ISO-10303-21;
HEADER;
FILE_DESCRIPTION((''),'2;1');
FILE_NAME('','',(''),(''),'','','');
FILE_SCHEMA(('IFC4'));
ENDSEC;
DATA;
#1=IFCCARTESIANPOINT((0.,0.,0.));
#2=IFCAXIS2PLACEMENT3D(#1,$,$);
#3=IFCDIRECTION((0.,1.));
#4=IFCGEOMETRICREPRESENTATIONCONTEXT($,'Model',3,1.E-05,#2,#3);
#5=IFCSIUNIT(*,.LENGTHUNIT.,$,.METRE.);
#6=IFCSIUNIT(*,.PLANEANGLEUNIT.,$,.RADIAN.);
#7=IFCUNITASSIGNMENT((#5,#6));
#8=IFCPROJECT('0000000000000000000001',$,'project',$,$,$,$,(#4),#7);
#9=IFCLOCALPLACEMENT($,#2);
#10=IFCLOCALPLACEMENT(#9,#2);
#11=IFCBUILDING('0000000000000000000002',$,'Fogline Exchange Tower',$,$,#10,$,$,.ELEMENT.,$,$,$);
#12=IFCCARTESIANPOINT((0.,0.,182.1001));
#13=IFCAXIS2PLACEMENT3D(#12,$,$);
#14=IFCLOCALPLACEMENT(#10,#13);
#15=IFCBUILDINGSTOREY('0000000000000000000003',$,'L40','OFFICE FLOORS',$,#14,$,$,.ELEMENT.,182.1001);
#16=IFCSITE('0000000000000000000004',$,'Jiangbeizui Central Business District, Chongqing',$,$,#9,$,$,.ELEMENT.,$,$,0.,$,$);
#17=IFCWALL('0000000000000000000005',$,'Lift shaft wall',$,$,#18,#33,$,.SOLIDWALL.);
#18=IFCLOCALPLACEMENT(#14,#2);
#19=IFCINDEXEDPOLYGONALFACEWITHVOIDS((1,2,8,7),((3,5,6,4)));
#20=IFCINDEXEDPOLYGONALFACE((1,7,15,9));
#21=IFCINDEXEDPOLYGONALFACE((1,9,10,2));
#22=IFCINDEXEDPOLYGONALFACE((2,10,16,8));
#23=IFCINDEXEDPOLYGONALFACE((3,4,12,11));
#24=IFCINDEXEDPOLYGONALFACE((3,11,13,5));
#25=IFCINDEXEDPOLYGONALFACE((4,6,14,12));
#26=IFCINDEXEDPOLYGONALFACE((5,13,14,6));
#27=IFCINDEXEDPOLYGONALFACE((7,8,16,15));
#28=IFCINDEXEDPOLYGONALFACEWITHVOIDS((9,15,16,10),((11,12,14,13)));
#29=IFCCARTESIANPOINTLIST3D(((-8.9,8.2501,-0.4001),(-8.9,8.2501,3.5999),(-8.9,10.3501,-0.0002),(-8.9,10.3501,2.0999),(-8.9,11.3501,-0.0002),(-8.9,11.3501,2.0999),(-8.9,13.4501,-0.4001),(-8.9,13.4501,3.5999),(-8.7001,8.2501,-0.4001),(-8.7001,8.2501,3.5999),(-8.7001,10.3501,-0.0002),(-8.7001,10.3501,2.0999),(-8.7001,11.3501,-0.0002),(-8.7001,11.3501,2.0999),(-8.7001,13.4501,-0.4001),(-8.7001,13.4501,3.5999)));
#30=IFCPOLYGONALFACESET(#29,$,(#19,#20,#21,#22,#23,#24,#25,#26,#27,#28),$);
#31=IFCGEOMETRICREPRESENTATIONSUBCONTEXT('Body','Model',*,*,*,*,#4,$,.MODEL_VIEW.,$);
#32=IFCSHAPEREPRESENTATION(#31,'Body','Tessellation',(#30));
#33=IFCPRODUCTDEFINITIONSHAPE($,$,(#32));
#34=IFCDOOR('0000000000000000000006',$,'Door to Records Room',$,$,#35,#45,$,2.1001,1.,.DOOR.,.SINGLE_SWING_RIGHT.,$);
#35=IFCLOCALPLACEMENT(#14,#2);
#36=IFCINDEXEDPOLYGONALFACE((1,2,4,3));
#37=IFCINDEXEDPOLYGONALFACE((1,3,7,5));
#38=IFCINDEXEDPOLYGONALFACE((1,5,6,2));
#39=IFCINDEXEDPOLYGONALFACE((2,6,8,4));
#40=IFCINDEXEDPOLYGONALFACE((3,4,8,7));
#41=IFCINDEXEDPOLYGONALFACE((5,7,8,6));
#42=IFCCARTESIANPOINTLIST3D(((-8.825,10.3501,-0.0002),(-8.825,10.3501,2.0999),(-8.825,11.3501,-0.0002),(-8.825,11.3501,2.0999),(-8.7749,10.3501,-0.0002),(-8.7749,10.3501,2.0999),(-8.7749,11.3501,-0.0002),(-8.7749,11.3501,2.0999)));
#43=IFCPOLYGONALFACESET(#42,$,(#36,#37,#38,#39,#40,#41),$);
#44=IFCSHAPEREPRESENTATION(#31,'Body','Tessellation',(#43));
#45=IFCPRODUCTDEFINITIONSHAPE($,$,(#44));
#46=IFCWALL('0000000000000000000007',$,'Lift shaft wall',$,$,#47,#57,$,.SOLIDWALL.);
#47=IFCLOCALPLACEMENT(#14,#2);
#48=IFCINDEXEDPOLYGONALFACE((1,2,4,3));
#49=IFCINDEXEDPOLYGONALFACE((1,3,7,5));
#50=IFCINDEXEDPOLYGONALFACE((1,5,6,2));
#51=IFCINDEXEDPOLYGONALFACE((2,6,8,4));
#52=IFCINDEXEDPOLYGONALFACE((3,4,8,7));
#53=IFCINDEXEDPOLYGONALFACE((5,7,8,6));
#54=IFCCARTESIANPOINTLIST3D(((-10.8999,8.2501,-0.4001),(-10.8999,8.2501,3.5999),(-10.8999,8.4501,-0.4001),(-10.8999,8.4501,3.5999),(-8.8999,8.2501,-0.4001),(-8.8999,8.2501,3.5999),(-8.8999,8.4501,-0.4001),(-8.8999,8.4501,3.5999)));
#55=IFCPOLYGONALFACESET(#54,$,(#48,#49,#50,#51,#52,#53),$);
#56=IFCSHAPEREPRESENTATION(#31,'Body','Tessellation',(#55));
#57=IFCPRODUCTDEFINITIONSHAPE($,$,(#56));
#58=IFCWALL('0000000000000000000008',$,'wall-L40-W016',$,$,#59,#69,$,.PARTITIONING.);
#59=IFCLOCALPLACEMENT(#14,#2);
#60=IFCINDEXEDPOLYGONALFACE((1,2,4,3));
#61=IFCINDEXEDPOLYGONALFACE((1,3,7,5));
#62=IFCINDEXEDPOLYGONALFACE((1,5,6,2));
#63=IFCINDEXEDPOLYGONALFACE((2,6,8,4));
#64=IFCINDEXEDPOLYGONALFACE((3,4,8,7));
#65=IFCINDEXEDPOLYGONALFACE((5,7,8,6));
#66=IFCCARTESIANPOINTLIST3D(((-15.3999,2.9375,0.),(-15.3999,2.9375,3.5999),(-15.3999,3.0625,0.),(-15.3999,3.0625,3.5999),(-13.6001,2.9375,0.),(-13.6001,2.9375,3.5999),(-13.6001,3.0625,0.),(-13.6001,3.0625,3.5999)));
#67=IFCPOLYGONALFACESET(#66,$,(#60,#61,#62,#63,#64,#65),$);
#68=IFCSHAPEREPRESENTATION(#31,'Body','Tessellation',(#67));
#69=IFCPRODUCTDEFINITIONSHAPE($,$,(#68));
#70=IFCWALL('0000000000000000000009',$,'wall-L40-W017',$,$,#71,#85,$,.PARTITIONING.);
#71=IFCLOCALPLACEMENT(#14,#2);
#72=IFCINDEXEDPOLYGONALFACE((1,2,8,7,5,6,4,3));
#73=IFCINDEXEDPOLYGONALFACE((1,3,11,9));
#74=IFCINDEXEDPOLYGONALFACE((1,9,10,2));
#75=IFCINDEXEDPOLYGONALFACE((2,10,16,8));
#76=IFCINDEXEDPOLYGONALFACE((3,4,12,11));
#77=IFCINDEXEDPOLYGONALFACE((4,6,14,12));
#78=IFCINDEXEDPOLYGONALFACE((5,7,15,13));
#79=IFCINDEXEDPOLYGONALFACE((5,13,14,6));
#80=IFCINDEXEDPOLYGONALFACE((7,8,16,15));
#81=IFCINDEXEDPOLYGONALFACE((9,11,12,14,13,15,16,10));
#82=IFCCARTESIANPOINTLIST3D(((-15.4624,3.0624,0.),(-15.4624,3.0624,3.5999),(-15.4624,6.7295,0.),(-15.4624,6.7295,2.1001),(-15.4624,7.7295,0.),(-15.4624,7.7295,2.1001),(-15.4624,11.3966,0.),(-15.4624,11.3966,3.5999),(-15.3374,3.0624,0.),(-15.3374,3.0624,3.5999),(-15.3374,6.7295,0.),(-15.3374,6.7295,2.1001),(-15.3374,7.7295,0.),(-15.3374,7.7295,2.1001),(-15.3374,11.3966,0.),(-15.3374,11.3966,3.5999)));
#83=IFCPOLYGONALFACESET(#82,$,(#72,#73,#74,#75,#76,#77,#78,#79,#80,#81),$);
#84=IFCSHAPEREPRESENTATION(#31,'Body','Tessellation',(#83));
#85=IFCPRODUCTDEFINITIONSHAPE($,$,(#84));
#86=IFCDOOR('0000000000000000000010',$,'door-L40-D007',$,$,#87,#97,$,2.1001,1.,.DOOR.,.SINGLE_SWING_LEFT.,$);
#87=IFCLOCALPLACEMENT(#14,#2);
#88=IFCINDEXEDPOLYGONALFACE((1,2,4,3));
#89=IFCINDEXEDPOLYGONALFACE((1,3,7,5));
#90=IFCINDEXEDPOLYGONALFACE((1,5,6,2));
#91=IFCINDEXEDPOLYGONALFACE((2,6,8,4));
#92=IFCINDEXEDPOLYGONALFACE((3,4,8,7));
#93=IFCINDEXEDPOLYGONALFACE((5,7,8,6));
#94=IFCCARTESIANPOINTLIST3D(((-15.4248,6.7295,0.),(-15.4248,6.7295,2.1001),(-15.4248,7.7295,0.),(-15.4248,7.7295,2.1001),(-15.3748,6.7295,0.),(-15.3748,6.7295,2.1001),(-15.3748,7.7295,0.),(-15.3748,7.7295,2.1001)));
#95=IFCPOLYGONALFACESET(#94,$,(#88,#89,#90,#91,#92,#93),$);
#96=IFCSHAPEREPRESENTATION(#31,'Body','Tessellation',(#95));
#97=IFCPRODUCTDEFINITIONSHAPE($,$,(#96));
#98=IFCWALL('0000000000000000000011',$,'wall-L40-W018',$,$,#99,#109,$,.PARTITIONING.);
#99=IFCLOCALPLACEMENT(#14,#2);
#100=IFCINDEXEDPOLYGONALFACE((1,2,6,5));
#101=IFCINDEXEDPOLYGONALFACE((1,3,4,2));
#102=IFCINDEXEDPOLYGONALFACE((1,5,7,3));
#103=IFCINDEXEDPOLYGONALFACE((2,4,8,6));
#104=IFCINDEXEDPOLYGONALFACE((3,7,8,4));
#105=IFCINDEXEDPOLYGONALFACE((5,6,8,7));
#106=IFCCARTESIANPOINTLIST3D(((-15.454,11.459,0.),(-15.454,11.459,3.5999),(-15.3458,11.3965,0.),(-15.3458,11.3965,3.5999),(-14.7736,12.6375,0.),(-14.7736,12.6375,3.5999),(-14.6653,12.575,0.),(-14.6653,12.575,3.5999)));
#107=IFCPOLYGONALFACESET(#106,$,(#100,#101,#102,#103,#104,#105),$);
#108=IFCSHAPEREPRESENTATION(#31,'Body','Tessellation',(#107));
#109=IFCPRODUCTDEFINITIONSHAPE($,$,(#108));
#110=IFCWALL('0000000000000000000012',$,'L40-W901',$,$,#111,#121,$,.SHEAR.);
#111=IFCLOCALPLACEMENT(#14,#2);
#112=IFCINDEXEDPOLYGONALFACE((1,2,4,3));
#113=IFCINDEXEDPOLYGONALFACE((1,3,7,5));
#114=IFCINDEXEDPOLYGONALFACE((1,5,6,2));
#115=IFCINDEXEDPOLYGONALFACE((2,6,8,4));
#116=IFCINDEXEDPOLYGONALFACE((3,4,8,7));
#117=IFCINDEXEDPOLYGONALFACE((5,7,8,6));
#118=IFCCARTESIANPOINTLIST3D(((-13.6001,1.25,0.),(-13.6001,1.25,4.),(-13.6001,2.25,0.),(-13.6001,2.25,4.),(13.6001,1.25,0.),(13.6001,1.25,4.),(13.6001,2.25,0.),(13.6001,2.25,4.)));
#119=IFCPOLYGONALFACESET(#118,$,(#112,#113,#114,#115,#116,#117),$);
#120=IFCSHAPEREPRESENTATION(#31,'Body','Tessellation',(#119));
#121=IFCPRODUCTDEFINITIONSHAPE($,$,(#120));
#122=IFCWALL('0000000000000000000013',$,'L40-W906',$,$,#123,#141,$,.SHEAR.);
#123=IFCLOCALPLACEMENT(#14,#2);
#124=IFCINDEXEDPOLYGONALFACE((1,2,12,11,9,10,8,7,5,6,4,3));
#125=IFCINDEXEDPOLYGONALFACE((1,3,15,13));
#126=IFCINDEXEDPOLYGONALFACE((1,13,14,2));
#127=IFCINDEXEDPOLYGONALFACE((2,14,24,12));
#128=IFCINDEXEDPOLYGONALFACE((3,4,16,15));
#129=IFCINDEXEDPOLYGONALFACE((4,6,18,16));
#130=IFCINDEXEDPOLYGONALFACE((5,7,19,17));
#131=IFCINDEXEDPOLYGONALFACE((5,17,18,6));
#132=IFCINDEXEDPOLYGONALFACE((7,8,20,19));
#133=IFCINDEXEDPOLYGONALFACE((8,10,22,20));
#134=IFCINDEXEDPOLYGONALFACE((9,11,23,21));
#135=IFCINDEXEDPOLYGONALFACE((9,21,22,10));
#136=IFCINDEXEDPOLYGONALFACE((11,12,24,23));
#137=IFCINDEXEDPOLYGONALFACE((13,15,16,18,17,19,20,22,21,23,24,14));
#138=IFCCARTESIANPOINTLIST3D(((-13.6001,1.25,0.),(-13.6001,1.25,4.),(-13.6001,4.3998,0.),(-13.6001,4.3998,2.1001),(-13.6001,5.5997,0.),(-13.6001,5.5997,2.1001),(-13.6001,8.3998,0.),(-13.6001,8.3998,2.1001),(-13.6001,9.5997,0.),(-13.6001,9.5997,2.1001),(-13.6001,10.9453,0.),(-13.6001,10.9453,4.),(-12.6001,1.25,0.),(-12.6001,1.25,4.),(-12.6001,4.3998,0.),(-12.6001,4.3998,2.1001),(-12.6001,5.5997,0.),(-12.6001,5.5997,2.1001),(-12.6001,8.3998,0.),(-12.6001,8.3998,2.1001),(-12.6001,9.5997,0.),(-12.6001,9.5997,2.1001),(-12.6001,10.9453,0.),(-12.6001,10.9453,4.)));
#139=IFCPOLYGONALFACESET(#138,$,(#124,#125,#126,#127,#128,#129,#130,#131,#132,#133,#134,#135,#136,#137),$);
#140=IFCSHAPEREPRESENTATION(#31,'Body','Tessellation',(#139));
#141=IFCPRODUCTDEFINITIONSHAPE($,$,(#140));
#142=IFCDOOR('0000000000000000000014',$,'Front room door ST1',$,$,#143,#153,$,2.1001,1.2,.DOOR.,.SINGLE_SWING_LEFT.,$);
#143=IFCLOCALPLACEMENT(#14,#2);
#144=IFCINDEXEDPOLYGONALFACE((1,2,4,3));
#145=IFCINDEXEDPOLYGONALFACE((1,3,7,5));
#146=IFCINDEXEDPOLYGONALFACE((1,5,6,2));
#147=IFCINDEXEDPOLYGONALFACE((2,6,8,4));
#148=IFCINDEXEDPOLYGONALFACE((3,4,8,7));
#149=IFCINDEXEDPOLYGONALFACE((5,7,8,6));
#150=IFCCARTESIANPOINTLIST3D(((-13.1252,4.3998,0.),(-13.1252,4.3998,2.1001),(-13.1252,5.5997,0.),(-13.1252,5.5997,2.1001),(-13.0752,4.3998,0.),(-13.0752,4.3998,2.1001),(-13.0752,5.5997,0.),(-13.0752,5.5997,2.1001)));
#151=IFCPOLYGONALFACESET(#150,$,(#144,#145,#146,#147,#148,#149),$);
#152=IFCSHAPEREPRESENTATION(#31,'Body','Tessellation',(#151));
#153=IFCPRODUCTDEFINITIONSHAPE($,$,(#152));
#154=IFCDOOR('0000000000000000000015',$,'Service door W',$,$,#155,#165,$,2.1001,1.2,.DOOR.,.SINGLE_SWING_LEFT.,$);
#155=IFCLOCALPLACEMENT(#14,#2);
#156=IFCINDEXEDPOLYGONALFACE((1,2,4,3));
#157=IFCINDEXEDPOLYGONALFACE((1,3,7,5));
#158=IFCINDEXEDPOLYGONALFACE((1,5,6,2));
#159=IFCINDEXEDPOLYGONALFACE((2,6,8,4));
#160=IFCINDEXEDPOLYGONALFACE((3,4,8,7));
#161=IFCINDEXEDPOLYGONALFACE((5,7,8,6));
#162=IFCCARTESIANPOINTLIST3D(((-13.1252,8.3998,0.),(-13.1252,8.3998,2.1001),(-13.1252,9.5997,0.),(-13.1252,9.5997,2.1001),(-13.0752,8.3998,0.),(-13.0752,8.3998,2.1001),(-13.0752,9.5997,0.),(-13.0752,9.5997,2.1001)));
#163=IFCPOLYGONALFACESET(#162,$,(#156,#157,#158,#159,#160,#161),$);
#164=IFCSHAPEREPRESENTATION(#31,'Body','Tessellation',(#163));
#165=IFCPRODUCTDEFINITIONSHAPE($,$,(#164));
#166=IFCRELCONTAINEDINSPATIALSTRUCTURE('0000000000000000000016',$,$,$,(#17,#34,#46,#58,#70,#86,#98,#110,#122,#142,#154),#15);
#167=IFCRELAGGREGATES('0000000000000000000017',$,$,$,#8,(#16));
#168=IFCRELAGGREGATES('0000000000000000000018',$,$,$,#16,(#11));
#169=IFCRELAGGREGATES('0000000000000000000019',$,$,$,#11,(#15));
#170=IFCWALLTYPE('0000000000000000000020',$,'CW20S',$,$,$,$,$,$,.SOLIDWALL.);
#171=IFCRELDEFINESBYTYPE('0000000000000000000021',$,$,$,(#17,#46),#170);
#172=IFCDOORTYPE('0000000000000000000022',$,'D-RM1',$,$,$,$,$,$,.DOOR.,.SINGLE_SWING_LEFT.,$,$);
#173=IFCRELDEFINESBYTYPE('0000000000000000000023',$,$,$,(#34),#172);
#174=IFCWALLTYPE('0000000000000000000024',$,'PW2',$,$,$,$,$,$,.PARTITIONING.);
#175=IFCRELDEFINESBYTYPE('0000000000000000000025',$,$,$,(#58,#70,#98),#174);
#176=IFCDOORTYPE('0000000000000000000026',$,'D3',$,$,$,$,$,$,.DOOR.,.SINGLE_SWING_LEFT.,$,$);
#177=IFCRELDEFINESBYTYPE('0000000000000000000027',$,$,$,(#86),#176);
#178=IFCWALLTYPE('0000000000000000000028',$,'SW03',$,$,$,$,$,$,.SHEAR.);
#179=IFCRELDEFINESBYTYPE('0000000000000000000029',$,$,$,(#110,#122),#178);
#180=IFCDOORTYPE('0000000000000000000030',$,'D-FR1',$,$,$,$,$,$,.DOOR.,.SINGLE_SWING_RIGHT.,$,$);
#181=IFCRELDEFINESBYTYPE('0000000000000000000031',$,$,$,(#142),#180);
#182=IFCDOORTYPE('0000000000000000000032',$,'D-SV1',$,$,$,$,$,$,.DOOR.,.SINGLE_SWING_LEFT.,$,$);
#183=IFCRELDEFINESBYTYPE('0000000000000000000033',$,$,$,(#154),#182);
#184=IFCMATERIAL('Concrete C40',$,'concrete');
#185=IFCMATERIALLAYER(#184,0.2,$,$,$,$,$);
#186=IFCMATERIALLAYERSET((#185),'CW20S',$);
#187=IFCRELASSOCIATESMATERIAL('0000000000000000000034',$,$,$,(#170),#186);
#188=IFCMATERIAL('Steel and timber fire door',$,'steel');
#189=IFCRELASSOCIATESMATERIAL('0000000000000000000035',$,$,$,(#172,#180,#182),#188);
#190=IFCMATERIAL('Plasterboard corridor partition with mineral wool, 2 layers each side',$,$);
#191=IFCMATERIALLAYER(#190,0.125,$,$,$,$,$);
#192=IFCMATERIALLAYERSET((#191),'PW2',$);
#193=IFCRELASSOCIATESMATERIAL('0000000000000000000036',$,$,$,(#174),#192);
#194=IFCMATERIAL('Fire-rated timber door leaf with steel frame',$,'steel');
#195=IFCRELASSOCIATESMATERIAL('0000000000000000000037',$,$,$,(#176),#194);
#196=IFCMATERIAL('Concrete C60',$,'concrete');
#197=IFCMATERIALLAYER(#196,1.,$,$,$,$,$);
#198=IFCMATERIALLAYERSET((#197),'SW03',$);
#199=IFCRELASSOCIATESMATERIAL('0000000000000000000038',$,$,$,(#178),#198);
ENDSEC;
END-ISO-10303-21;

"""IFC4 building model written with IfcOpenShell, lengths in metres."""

from ifc_helpers import new_model, si_unit, direction, frame, frame_2d, origin, place, context, subcontext, project, spatial, rectangle, extrude, material, layer, layer_set, type_object, element, fill, save


model = new_model("IFC4")

# Units and contexts
model_context = context("Model", 3, precision=1e-05, world=origin(), true_north=direction((0.0, 1.0)))
body_context = subcontext(model_context, "Body", "Model", "MODEL_VIEW")
ifc_project = project(units=[si_unit("LENGTHUNIT", "METRE"), si_unit("PLANEANGLEUNIT", "RADIAN")], contexts=[model_context])

# Site, building, storey
site_placement = place(None, origin())
site = spatial("IfcSite", under=ifc_project, at=site_placement, Name="Jiangbeizui Central Business District, Chongqing", CompositionType="ELEMENT", RefElevation=0.0)
building_placement = place(site_placement, origin())
building = spatial("IfcBuilding", under=site, at=building_placement, Name="Fogline Exchange Tower", CompositionType="ELEMENT")
storey_placement = place(building_placement, frame((0.0, 0.0, 182.1001)))
storey = spatial("IfcBuildingStorey", under=building, at=storey_placement, Name="L40", Description="OFFICE FLOORS", CompositionType="ELEMENT", Elevation=182.1001)

# Shared definitions
ifc_material_1 = material(Name="Concrete C60", Category="concrete")

# Shared definitions
ifc_material_2 = material(Name="Concrete C40", Category="concrete")

# Shared definitions
ifc_material_3 = material(Name="Steel and timber fire door", Category="steel")

# Wall, opening, door
ifc_layer_1 = layer(ifc_material_2, 0.2)
ifc_layer_set_1 = layer_set([ifc_layer_1], Name="CW20S")
wall_type_1 = type_object("IfcWallType", Name="CW20S", PredefinedType="SOLIDWALL", material=ifc_layer_set_1)
wall_1_placement = place(storey_placement, frame((-8.8, 8.25, -0.4001), z_axis=(0.0, 0.0, 1.0), x_axis=(0.0, 1.0, 0.0)))
wall_1 = element("IfcWall", 1, at=wall_1_placement, inside=storey, type_object=wall_type_1, Name="Lift shaft wall", PredefinedType="SOLIDWALL", context=body_context, shape_type="SweptSolid", body=[
    extrude(rectangle(XDim=5.2, YDim=0.2, at=frame_2d((2.6001, 0.0))), origin(), (0.0, 0.0, 1.0), 4.0),
])
opening_1_placement = place(wall_1_placement, frame((2.1001, 0.0, 0.3999)))
opening_1 = element("IfcOpeningElement", 2, at=opening_1_placement, cuts=wall_1, PredefinedType="OPENING", context=body_context, shape_type="SweptSolid", body=[
    extrude(rectangle(XDim=1.0, YDim=2.1001, at=frame_2d((0.5, 1.05))), frame((0.0, 0.1099, 0.0), z_axis=(0.0, -1.0, 0.0), x_axis=(1.0, 0.0, 0.0)), (0.0, 0.0, 1.0), 0.22),
])
door_type_1 = type_object("IfcDoorType", Name="D-RM1", OperationType="SINGLE_SWING_LEFT", PredefinedType="DOOR", material=ifc_material_3)
door_1_placement = place(opening_1_placement, origin())
door_1 = element("IfcDoor", 3, at=door_1_placement, inside=storey, type_object=door_type_1, Name="Door to Records Room", OperationType="SINGLE_SWING_RIGHT", OverallHeight=2.1001, OverallWidth=1.0, PredefinedType="DOOR", context=body_context, shape_type="SweptSolid", body=[
    extrude(rectangle(XDim=1.0, YDim=2.1001, at=frame_2d((0.5, 1.05))), frame((0.0, 0.0249, 0.0), z_axis=(0.0, -1.0, 0.0), x_axis=(1.0, 0.0, 0.0)), (0.0, 0.0, 1.0), 0.05),
])
fill(opening_1, door_1)

# Walls
wall_2_placement = place(storey_placement, frame((-10.8999, 8.3501, -0.4001), z_axis=(0.0, 0.0, 1.0), x_axis=(1.0, 0.0, 0.0)))
element("IfcWall", 4, at=wall_2_placement, inside=storey, type_object=wall_type_1, Name="Lift shaft wall", PredefinedType="SOLIDWALL", context=body_context, shape_type="SweptSolid", body=[
    extrude(rectangle(XDim=2.0, YDim=0.2, at=frame_2d((1.0, 0.0))), origin(), (0.0, 0.0, 1.0), 4.0),
])
ifc_material_4 = material(Name="Plasterboard corridor partition with mineral wool, 2 layers each side")
ifc_layer_2 = layer(ifc_material_4, 0.125)
ifc_layer_set_2 = layer_set([ifc_layer_2], Name="PW2")
wall_type_2 = type_object("IfcWallType", Name="PW2", PredefinedType="PARTITIONING", material=ifc_layer_set_2)
wall_3_placement = place(storey_placement, frame((-13.6001, 3.0, 0.0), z_axis=(0.0, 0.0, 1.0), x_axis=(-1.0, 0.0, 0.0)))
element("IfcWall", 5, at=wall_3_placement, inside=storey, type_object=wall_type_2, Name="wall-L40-W016", PredefinedType="PARTITIONING", context=body_context, shape_type="SweptSolid", body=[
    extrude(rectangle(XDim=1.7998, YDim=0.125, at=frame_2d((0.8999, 0.0))), origin(), (0.0, 0.0, 1.0), 3.5999),
])

# Wall, opening, door
wall_4_placement = place(storey_placement, frame((-15.3999, 3.0625, 0.0), z_axis=(0.0, 0.0, 1.0), x_axis=(0.0, 1.0, 0.0)))
wall_4 = element("IfcWall", 6, at=wall_4_placement, inside=storey, type_object=wall_type_2, Name="wall-L40-W017", PredefinedType="PARTITIONING", context=body_context, shape_type="SweptSolid", body=[
    extrude(rectangle(XDim=8.3342, YDim=0.125, at=frame_2d((4.167, 0.0))), origin(), (0.0, 0.0, 1.0), 3.5999),
])
opening_2_placement = place(wall_4_placement, frame((3.667, 0.0, 0.0)))
opening_2 = element("IfcOpeningElement", 7, at=opening_2_placement, cuts=wall_4, PredefinedType="OPENING", context=body_context, shape_type="SweptSolid", body=[
    extrude(rectangle(XDim=1.0, YDim=2.1001, at=frame_2d((0.5, 1.05))), frame((0.0, 0.0725, 0.0), z_axis=(0.0, -1.0, 0.0), x_axis=(1.0, 0.0, 0.0)), (0.0, 0.0, 1.0), 0.145),
])
ifc_material_5 = material(Name="Fire-rated timber door leaf with steel frame", Category="steel")
door_type_2 = type_object("IfcDoorType", Name="D3", OperationType="SINGLE_SWING_LEFT", PredefinedType="DOOR", material=ifc_material_5)
door_2_placement = place(opening_2_placement, origin())
door_2 = element("IfcDoor", 8, at=door_2_placement, inside=storey, type_object=door_type_2, Name="door-L40-D007", OperationType="SINGLE_SWING_LEFT", OverallHeight=2.1001, OverallWidth=1.0, PredefinedType="DOOR", context=body_context, shape_type="SweptSolid", body=[
    extrude(rectangle(XDim=1.0, YDim=2.1001, at=frame_2d((0.5, 1.05))), frame((0.0, 0.0249, 0.0), z_axis=(0.0, -1.0, 0.0), x_axis=(1.0, 0.0, 0.0)), (0.0, 0.0, 1.0), 0.05),
])
fill(opening_2, door_2)

# Walls
wall_5_placement = place(storey_placement, frame((-15.3999, 11.4277, 0.0), z_axis=(0.0, 0.0, 1.0), x_axis=(0.500018, 0.866015, 0.0)))
element("IfcWall", 9, at=wall_5_placement, inside=storey, type_object=wall_type_2, Name="wall-L40-W018", PredefinedType="PARTITIONING", context=body_context, shape_type="SweptSolid", body=[
    extrude(rectangle(XDim=1.3608, YDim=0.125, at=frame_2d((0.6804, 0.0))), origin(), (0.0, 0.0, 1.0), 3.5999),
])
ifc_layer_3 = layer(ifc_material_1, 1.0)
ifc_layer_set_3 = layer_set([ifc_layer_3], Name="SW03")
wall_type_3 = type_object("IfcWallType", Name="SW03", PredefinedType="SHEAR", material=ifc_layer_set_3)
wall_6_placement = place(storey_placement, frame((-13.6001, 1.75, 0.0), z_axis=(0.0, 0.0, 1.0), x_axis=(1.0, 0.0, 0.0)))
element("IfcWall", 10, at=wall_6_placement, inside=storey, type_object=wall_type_3, Name="L40-W901", PredefinedType="SHEAR", context=body_context, shape_type="SweptSolid", body=[
    extrude(rectangle(XDim=27.2002, YDim=1.0, at=frame_2d((13.6001, 0.0))), origin(), (0.0, 0.0, 1.0), 4.0),
])

# Wall, openings, doors
wall_7_placement = place(storey_placement, frame((-13.1001, 10.9453, 0.0), z_axis=(0.0, 0.0, 1.0), x_axis=(0.0, -1.0, 0.0)))
wall_7 = element("IfcWall", 11, at=wall_7_placement, inside=storey, type_object=wall_type_3, Name="L40-W906", PredefinedType="SHEAR", context=body_context, shape_type="SweptSolid", body=[
    extrude(rectangle(XDim=9.6953, YDim=1.0, at=frame_2d((4.8477, 0.0))), origin(), (0.0, 0.0, 1.0), 4.0),
])
opening_3_placement = place(wall_7_placement, frame((5.3455, 0.0, 0.0)))
opening_3 = element("IfcOpeningElement", 12, at=opening_3_placement, cuts=wall_7, PredefinedType="OPENING", context=body_context, shape_type="SweptSolid", body=[
    extrude(rectangle(XDim=1.2, YDim=2.1001, at=frame_2d((0.6001, 1.05))), frame((0.0, 0.51, 0.0), z_axis=(0.0, -1.0, 0.0), x_axis=(1.0, 0.0, 0.0)), (0.0, 0.0, 1.0), 1.02),
])
opening_4_placement = place(wall_7_placement, frame((1.3455, 0.0, 0.0)))
opening_4 = element("IfcOpeningElement", 13, at=opening_4_placement, cuts=wall_7, PredefinedType="OPENING", context=body_context, shape_type="SweptSolid", body=[
    extrude(rectangle(XDim=1.2, YDim=2.1001, at=frame_2d((0.6001, 1.05))), frame((0.0, 0.51, 0.0), z_axis=(0.0, -1.0, 0.0), x_axis=(1.0, 0.0, 0.0)), (0.0, 0.0, 1.0), 1.02),
])
door_type_3 = type_object("IfcDoorType", Name="D-FR1", OperationType="SINGLE_SWING_RIGHT", PredefinedType="DOOR", material=ifc_material_3)
door_3_placement = place(opening_3_placement, origin())
door_3 = element("IfcDoor", 14, at=door_3_placement, inside=storey, type_object=door_type_3, Name="Front room door ST1", OperationType="SINGLE_SWING_LEFT", OverallHeight=2.1001, OverallWidth=1.2, PredefinedType="DOOR", context=body_context, shape_type="SweptSolid", body=[
    extrude(rectangle(XDim=1.2, YDim=2.1001, at=frame_2d((0.6001, 1.05))), frame((0.0, 0.0249, 0.0), z_axis=(0.0, -1.0, 0.0), x_axis=(1.0, 0.0, 0.0)), (0.0, 0.0, 1.0), 0.05),
])
fill(opening_3, door_3)
door_type_4 = type_object("IfcDoorType", Name="D-SV1", OperationType="SINGLE_SWING_LEFT", PredefinedType="DOOR", material=ifc_material_3)
door_4_placement = place(opening_4_placement, origin())
door_4 = element("IfcDoor", 15, at=door_4_placement, inside=storey, type_object=door_type_4, Name="Service door W", OperationType="SINGLE_SWING_LEFT", OverallHeight=2.1001, OverallWidth=1.2, PredefinedType="DOOR", context=body_context, shape_type="SweptSolid", body=[
    extrude(rectangle(XDim=1.2, YDim=2.1001, at=frame_2d((0.6001, 1.05))), frame((0.0, 0.0249, 0.0), z_axis=(0.0, -1.0, 0.0), x_axis=(1.0, 0.0, 0.0)), (0.0, 0.0, 1.0), 0.05),
])
fill(opening_4, door_4)

save(model, "model.ifc")
